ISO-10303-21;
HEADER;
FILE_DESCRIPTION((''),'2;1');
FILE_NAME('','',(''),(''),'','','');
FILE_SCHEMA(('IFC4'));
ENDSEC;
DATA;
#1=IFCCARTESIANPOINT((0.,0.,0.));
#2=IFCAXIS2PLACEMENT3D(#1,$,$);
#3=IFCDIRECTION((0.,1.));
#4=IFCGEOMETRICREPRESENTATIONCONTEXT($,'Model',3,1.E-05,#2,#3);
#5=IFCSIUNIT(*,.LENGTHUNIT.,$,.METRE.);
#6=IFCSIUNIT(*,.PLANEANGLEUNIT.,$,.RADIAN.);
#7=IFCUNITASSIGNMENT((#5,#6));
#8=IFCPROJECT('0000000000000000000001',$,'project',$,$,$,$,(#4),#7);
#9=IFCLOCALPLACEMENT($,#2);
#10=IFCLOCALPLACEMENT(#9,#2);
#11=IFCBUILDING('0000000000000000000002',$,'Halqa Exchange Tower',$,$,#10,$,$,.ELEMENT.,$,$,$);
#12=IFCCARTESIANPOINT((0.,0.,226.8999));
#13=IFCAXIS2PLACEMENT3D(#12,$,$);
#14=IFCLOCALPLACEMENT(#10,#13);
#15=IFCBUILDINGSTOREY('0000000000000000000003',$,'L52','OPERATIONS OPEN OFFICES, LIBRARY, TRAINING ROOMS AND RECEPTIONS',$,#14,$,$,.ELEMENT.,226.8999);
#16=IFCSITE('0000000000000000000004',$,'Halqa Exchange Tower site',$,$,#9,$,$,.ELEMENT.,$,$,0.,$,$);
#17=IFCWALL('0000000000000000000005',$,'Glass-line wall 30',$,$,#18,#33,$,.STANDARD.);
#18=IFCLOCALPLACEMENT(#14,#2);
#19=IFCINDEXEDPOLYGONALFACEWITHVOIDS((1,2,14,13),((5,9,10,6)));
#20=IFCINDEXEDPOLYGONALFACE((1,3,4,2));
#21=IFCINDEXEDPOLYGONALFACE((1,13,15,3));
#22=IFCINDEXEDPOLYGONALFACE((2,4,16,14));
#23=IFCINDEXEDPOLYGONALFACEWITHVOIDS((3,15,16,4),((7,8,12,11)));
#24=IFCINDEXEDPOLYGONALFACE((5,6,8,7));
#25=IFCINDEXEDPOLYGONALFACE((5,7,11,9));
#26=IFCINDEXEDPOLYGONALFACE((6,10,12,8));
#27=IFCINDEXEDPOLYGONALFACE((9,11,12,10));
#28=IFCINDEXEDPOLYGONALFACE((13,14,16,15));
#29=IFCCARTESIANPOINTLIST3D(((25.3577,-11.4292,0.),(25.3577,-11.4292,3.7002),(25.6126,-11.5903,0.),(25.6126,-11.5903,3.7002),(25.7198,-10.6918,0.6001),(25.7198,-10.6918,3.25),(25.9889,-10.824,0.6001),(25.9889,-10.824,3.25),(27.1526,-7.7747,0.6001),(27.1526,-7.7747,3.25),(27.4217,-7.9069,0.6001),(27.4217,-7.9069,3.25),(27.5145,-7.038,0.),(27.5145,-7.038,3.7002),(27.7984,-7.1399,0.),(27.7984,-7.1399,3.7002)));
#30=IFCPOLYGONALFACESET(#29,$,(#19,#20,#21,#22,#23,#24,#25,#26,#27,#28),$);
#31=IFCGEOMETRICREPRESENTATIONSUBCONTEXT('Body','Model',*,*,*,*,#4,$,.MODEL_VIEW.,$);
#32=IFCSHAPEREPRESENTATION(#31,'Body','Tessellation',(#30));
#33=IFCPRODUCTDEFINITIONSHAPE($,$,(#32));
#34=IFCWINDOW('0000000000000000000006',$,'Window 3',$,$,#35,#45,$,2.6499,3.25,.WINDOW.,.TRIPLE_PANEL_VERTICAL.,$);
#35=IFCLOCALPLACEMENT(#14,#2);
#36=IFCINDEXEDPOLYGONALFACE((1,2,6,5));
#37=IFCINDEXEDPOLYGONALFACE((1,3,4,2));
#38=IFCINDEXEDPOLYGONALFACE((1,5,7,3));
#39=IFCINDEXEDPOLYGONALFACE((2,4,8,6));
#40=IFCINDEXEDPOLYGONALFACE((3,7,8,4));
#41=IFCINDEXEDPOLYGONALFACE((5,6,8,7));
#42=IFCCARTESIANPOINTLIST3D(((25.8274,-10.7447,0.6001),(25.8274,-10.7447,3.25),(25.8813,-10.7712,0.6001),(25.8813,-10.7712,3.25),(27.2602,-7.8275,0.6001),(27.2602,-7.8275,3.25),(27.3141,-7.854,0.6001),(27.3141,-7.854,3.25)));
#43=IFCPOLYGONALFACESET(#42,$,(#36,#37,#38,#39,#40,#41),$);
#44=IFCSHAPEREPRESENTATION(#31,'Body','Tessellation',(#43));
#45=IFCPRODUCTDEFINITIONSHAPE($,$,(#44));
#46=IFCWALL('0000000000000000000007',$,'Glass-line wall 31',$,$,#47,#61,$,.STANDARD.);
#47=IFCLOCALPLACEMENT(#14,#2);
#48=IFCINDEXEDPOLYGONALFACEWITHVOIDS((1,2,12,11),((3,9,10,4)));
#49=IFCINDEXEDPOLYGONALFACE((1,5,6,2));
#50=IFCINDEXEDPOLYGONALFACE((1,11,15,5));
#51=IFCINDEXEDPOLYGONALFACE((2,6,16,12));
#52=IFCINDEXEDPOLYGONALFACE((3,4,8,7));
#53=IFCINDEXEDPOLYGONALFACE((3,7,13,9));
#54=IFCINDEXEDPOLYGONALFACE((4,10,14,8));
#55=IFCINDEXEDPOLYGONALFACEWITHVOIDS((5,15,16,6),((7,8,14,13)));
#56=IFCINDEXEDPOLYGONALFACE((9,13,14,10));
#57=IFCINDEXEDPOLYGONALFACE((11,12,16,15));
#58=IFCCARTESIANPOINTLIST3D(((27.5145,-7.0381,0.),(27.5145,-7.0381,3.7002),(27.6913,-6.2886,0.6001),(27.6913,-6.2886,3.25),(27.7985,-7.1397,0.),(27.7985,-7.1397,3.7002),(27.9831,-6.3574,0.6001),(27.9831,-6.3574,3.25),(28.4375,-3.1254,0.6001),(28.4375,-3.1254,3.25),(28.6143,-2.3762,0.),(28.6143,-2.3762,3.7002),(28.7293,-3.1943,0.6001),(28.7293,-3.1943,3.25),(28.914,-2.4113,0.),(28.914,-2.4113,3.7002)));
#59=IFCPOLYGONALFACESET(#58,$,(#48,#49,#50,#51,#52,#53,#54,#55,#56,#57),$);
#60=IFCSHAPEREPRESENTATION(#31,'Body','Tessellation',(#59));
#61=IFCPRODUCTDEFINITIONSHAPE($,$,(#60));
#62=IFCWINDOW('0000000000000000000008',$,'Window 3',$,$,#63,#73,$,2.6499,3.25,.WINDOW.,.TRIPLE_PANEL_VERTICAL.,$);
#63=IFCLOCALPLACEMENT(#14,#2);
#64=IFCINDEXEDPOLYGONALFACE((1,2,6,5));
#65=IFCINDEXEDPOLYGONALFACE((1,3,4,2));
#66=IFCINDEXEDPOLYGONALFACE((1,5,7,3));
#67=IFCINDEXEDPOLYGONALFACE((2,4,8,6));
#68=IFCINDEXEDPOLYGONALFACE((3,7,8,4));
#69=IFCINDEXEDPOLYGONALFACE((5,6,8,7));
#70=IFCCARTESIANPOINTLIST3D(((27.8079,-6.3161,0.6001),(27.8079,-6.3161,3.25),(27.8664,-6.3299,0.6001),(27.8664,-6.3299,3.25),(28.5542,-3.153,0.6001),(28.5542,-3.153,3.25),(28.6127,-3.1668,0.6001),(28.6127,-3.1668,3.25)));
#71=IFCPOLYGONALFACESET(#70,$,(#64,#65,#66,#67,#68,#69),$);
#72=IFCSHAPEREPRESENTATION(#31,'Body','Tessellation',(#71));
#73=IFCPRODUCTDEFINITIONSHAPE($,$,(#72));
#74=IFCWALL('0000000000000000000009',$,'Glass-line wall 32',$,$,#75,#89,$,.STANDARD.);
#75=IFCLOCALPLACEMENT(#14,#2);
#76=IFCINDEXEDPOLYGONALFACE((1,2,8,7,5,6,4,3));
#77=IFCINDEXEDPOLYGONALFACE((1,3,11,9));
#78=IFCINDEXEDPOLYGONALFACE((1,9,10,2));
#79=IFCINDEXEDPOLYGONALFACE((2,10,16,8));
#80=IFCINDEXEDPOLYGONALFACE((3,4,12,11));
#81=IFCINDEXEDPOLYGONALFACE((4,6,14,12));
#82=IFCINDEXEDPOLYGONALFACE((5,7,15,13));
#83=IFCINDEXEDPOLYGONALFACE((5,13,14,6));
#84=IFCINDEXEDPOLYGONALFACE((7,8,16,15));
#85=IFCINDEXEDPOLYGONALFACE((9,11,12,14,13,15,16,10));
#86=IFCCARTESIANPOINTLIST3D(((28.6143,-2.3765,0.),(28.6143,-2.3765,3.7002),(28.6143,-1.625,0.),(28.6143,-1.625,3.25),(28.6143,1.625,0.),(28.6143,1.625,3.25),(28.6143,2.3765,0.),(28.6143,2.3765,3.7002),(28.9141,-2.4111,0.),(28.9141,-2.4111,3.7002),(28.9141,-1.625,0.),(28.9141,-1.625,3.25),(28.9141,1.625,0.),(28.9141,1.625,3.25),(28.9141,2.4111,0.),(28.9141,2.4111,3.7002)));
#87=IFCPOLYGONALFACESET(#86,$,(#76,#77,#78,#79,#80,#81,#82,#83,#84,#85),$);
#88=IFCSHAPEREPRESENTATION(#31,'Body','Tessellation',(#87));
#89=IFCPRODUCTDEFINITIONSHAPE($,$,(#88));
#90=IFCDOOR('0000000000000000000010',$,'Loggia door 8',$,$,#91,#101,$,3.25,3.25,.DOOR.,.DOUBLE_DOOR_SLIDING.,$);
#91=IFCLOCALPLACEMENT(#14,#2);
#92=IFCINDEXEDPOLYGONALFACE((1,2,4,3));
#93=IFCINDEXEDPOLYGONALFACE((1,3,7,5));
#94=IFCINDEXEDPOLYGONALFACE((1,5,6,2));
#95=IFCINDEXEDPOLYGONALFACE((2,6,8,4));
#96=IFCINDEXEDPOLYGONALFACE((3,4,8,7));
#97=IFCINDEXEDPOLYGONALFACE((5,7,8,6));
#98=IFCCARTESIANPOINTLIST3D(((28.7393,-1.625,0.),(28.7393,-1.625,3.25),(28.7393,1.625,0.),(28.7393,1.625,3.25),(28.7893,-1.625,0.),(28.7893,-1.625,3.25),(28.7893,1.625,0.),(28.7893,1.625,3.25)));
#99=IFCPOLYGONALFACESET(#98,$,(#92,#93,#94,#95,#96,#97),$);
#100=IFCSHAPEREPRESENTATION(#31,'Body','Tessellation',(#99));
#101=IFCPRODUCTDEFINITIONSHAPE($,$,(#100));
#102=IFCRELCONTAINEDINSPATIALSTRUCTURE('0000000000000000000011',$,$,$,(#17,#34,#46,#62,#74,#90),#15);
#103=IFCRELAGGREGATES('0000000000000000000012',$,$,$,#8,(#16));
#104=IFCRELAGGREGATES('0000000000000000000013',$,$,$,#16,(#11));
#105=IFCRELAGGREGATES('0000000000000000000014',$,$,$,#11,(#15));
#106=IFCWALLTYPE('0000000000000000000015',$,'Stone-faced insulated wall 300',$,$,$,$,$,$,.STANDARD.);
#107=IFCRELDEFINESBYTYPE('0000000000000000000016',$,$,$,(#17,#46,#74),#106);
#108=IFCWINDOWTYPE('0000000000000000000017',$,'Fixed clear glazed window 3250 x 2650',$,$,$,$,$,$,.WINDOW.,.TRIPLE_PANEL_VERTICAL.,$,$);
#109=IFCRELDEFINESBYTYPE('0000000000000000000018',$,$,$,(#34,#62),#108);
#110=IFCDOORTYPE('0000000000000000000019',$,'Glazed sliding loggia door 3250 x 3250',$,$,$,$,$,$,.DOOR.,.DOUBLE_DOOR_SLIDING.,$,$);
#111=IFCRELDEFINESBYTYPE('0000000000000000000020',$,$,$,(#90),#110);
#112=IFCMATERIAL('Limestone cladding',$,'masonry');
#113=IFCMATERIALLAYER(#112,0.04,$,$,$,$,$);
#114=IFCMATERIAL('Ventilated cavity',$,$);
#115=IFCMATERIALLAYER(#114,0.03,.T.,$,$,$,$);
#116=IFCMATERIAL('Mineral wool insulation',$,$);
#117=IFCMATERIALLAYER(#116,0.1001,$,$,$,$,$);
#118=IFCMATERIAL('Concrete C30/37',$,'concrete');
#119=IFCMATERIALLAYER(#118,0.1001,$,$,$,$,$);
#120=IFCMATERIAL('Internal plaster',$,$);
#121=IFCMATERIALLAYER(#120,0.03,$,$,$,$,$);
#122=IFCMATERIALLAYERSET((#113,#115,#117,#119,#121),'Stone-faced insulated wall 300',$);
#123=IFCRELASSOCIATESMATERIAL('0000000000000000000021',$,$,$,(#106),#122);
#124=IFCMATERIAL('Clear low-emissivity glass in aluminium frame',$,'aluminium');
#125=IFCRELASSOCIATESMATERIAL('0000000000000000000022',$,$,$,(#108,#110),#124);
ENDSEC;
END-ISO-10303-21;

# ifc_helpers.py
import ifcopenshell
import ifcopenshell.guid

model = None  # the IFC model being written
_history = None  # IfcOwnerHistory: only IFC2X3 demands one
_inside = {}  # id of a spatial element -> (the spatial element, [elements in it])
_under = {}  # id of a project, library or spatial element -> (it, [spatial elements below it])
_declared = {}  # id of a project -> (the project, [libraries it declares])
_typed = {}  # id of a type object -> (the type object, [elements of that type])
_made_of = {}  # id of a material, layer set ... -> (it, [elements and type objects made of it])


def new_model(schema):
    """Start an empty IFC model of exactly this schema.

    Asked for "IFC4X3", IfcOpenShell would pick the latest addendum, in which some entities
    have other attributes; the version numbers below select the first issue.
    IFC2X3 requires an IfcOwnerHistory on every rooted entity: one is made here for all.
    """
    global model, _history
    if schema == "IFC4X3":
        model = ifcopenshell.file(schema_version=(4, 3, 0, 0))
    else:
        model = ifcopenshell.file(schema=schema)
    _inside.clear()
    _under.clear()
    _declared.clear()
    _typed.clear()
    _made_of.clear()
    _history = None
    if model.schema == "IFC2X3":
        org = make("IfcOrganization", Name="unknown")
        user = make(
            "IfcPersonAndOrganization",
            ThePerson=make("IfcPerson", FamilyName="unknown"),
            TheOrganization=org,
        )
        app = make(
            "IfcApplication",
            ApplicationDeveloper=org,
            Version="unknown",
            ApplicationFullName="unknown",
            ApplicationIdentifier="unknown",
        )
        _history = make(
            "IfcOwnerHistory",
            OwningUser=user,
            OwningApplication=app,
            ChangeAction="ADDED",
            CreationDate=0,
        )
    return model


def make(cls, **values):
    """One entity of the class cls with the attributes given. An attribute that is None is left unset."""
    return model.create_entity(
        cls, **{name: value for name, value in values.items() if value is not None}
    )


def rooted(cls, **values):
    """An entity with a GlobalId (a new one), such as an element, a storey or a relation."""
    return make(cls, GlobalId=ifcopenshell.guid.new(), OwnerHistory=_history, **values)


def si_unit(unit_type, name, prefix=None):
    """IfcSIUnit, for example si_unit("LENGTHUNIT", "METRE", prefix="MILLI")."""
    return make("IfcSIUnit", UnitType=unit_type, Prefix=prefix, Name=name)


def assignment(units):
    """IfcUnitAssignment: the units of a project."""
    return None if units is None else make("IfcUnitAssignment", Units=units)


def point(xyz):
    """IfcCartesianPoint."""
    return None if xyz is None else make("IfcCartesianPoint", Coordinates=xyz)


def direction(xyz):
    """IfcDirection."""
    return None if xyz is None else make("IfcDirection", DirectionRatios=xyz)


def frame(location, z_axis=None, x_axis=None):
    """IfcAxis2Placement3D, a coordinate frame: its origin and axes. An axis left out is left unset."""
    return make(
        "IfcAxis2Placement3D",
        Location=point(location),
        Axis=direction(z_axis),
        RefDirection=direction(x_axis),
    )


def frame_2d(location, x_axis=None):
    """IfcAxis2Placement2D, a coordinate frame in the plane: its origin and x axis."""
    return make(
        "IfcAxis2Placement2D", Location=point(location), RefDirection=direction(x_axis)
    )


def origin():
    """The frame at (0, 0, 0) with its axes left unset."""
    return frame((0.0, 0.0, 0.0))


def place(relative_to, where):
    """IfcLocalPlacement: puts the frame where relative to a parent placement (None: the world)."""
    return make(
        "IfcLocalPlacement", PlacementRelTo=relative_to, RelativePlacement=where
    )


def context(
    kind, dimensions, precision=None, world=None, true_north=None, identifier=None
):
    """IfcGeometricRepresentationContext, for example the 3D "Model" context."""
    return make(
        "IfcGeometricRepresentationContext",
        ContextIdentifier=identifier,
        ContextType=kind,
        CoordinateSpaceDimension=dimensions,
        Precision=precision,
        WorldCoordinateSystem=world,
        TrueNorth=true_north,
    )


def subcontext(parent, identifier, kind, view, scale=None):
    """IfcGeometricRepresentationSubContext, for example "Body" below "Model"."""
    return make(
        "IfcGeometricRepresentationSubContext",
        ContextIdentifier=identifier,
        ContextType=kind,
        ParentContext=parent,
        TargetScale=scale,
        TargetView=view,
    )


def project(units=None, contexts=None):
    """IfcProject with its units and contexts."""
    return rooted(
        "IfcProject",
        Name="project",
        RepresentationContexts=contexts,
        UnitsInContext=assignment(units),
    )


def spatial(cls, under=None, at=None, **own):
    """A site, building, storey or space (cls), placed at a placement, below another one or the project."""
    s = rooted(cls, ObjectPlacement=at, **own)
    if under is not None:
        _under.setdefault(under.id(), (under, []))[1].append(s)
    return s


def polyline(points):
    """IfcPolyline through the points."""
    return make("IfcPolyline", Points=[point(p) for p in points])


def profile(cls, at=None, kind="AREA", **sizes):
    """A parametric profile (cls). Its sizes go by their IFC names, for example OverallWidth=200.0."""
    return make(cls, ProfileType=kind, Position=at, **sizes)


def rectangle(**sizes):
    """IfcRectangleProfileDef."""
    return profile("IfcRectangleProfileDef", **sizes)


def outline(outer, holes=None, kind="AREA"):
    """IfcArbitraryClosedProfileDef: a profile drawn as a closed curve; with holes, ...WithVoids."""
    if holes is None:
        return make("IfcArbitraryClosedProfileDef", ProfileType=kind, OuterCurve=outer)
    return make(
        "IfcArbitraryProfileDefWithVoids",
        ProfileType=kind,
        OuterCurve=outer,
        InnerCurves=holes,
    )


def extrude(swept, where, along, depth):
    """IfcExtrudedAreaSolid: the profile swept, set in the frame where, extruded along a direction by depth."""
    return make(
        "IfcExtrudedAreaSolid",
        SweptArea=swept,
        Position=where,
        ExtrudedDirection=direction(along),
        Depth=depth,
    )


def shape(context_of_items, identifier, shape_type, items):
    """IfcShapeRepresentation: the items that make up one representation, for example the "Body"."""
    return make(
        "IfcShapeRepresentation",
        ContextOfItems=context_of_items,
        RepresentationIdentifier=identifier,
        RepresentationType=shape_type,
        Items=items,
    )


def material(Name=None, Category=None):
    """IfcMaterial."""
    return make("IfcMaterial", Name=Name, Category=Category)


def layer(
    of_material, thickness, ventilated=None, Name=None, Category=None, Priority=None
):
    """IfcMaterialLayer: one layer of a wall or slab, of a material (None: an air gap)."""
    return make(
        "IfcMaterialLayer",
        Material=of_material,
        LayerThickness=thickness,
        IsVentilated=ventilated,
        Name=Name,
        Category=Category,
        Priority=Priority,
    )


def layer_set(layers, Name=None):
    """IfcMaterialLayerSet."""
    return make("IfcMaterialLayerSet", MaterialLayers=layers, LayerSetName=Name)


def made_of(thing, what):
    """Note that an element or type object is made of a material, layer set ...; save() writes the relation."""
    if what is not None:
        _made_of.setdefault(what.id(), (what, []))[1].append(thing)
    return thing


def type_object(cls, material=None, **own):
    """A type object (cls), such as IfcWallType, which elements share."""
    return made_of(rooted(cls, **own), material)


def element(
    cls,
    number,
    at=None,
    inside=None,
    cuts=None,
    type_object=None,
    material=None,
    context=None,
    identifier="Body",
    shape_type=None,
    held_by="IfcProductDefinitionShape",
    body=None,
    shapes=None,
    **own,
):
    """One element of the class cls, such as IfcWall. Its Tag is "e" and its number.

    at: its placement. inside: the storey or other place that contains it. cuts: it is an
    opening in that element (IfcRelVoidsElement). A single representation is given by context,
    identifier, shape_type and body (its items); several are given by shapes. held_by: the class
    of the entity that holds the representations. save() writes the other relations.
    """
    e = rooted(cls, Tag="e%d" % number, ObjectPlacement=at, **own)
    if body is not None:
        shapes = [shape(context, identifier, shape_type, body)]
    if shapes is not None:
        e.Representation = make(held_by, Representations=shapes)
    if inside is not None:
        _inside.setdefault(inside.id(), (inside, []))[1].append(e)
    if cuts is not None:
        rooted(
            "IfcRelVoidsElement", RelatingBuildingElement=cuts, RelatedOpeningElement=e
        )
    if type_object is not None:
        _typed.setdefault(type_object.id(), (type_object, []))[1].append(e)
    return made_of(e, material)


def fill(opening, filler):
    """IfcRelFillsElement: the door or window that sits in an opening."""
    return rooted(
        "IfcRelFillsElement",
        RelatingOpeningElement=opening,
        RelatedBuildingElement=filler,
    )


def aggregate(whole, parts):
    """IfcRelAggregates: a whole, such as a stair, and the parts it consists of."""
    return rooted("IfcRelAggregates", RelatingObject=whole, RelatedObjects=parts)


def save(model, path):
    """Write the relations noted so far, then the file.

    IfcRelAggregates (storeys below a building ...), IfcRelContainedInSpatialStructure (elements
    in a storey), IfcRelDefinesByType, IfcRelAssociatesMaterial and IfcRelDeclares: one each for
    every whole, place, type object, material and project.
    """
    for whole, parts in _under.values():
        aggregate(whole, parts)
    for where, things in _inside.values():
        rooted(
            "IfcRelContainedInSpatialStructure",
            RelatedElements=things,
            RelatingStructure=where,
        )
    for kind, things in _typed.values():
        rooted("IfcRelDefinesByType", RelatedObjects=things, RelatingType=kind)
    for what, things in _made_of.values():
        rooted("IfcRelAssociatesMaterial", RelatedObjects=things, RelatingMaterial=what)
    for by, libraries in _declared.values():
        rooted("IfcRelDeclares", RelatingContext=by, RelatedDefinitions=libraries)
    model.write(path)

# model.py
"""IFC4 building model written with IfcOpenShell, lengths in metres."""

from ifc_helpers import new_model, si_unit, direction, frame, frame_2d, origin, place, context, subcontext, project, spatial, polyline, rectangle, outline, extrude, material, layer, layer_set, type_object, element, fill, save


model = new_model("IFC4")

# Units and contexts
model_context = context("Model", 3, precision=1e-05, world=origin(), true_north=direction((0.0, 1.0)))
body_context = subcontext(model_context, "Body", "Model", "MODEL_VIEW")
ifc_project = project(units=[si_unit("LENGTHUNIT", "METRE"), si_unit("PLANEANGLEUNIT", "RADIAN")], contexts=[model_context])

# Site, building, storey
site_placement = place(None, origin())
site = spatial("IfcSite", under=ifc_project, at=site_placement, Name="Halqa Exchange Tower site", CompositionType="ELEMENT", RefElevation=0.0)
building_placement = place(site_placement, origin())
building = spatial("IfcBuilding", under=site, at=building_placement, Name="Halqa Exchange Tower", CompositionType="ELEMENT")
storey_placement = place(building_placement, frame((0.0, 0.0, 226.8999)))
storey = spatial("IfcBuildingStorey", under=building, at=storey_placement, Name="L52", Description="OPERATIONS OPEN OFFICES, LIBRARY, TRAINING ROOMS AND RECEPTIONS", CompositionType="ELEMENT", Elevation=226.8999)

# Walls, openings, windows
ifc_material_1 = material(Name="Limestone cladding", Category="masonry")
ifc_layer_1 = layer(ifc_material_1, 0.04)
ifc_material_2 = material(Name="Ventilated cavity")
ifc_layer_2 = layer(ifc_material_2, 0.03, ventilated=True)
ifc_material_3 = material(Name="Mineral wool insulation")
ifc_layer_3 = layer(ifc_material_3, 0.1001)
ifc_material_4 = material(Name="Concrete C30/37", Category="concrete")
ifc_layer_4 = layer(ifc_material_4, 0.1001)
ifc_material_5 = material(Name="Internal plaster")
ifc_layer_5 = layer(ifc_material_5, 0.03)
ifc_layer_set_1 = layer_set([ifc_layer_1, ifc_layer_2, ifc_layer_3, ifc_layer_4, ifc_layer_5], Name="Stone-faced insulated wall 300")
wall_type_1 = type_object("IfcWallType", Name="Stone-faced insulated wall 300", PredefinedType="STANDARD", material=ifc_layer_set_1)
wall_1_placement = place(storey_placement, frame((25.4851, -11.5098, 0.0), z_axis=(0.0, 0.0, 1.0), x_axis=(0.440858, 0.897577, 0.0)))
wall_1 = element("IfcWall", 1, at=wall_1_placement, inside=storey, type_object=wall_type_1, Name="Glass-line wall 30", PredefinedType="STANDARD", context=body_context, shape_type="SweptSolid", body=[
    extrude(outline(polyline([(-0.0161, -0.1499), (4.9421, -0.1499), (4.9084, 0.1499), (0.0161, 0.1499), (-0.0161, -0.1499)])), origin(), (0.0, 0.0, 1.0), 3.7002),
])
opening_1_placement = place(wall_1_placement, frame((0.8376, 0.0, 0.6001)))
opening_1 = element("IfcOpeningElement", 2, at=opening_1_placement, cuts=wall_1, PredefinedType="OPENING", context=body_context, shape_type="SweptSolid", body=[
    extrude(rectangle(XDim=3.25, YDim=2.6499, at=frame_2d((1.625, 1.325))), frame((0.0, 0.1621, 0.0), z_axis=(0.0, -1.0, 0.0), x_axis=(1.0, 0.0, 0.0)), (0.0, 0.0, 1.0), 0.324),
])
ifc_material_6 = material(Name="Clear low-emissivity glass in aluminium frame", Category="aluminium")
window_type = type_object("IfcWindowType", Name="Fixed clear glazed window 3250 x 2650", PartitioningType="TRIPLE_PANEL_VERTICAL", PredefinedType="WINDOW", material=ifc_material_6)
window_1_placement = place(opening_1_placement, origin())
window_1 = element("IfcWindow", 3, at=window_1_placement, inside=storey, type_object=window_type, Name="Window 3", OverallHeight=2.6499, OverallWidth=3.25, PartitioningType="TRIPLE_PANEL_VERTICAL", PredefinedType="WINDOW", context=body_context, shape_type="SweptSolid", body=[
    extrude(rectangle(XDim=3.25, YDim=2.6499, at=frame_2d((1.625, 1.325))), frame((0.0, 0.03, 0.0), z_axis=(0.0, -1.0, 0.0), x_axis=(1.0, 0.0, 0.0)), (0.0, 0.0, 1.0), 0.0601),
])
fill(opening_1, window_1)
wall_2_placement = place(storey_placement, frame((27.6565, -7.0889, 0.0), z_axis=(0.0, 0.0, 1.0), x_axis=(0.229618, 0.973281, 0.0)))
wall_2 = element("IfcWall", 4, at=wall_2_placement, inside=storey, type_object=wall_type_1, Name="Glass-line wall 31", PredefinedType="STANDARD", context=body_context, shape_type="SweptSolid", body=[
    extrude(outline(polyline([(-0.0168, -0.1499), (4.8413, -0.1499), (4.8066, 0.1499), (0.0168, 0.1499), (-0.0168, -0.1499)])), origin(), (0.0, 0.0, 1.0), 3.7002),
])
opening_2_placement = place(wall_2_placement, frame((0.7869, 0.0, 0.6001)))
opening_2 = element("IfcOpeningElement", 5, at=opening_2_placement, cuts=wall_2, PredefinedType="OPENING", context=body_context, shape_type="SweptSolid", body=[
    extrude(rectangle(XDim=3.25, YDim=2.6499, at=frame_2d((1.625, 1.325))), frame((0.0, 0.1621, 0.0), z_axis=(0.0, -1.0, 0.0), x_axis=(1.0, 0.0, 0.0)), (0.0, 0.0, 1.0), 0.324),
])
window_2_placement = place(opening_2_placement, origin())
window_2 = element("IfcWindow", 6, at=window_2_placement, inside=storey, type_object=window_type, Name="Window 3", OverallHeight=2.6499, OverallWidth=3.25, PartitioningType="TRIPLE_PANEL_VERTICAL", PredefinedType="WINDOW", context=body_context, shape_type="SweptSolid", body=[
    extrude(rectangle(XDim=3.25, YDim=2.6499, at=frame_2d((1.625, 1.325))), frame((0.0, 0.03, 0.0), z_axis=(0.0, -1.0, 0.0), x_axis=(1.0, 0.0, 0.0)), (0.0, 0.0, 1.0), 0.0601),
])
fill(opening_2, window_2)

# Wall, opening, door
wall_3_placement = place(storey_placement, frame((28.7642, -2.3938, 0.0), z_axis=(0.0, 0.0, 1.0), x_axis=(0.0, 1.0, 0.0)))
wall_3 = element("IfcWall", 7, at=wall_3_placement, inside=storey, type_object=wall_type_1, Name="Glass-line wall 32", PredefinedType="STANDARD", context=body_context, shape_type="SweptSolid", body=[
    extrude(outline(polyline([(-0.0173, -0.1499), (4.8049, -0.1499), (4.7703, 0.1499), (0.0173, 0.1499), (-0.0173, -0.1499)])), origin(), (0.0, 0.0, 1.0), 3.7002),
])
opening_3_placement = place(wall_3_placement, frame((0.7688, 0.0, 0.0)))
opening_3 = element("IfcOpeningElement", 8, at=opening_3_placement, cuts=wall_3, PredefinedType="OPENING", context=body_context, shape_type="SweptSolid", body=[
    extrude(rectangle(XDim=3.25, YDim=3.25, at=frame_2d((1.625, 1.625))), frame((0.0, 0.1621, 0.0), z_axis=(0.0, -1.0, 0.0), x_axis=(1.0, 0.0, 0.0)), (0.0, 0.0, 1.0), 0.324),
])
door_type_1 = type_object("IfcDoorType", Name="Glazed sliding loggia door 3250 x 3250", OperationType="DOUBLE_DOOR_SLIDING", PredefinedType="DOOR", material=ifc_material_6)
door_1_placement = place(opening_3_placement, origin())
door_1 = element("IfcDoor", 9, at=door_1_placement, inside=storey, type_object=door_type_1, Name="Loggia door 8", OperationType="DOUBLE_DOOR_SLIDING", OverallHeight=3.25, OverallWidth=3.25, PredefinedType="DOOR", context=body_context, shape_type="SweptSolid", body=[
    extrude(rectangle(XDim=3.25, YDim=3.25, at=frame_2d((1.625, 1.625))), frame((0.0, 0.0249, 0.0), z_axis=(0.0, -1.0, 0.0), x_axis=(1.0, 0.0, 0.0)), (0.0, 0.0, 1.0), 0.05),
])
fill(opening_3, door_1)

save(model, "model.ifc")
